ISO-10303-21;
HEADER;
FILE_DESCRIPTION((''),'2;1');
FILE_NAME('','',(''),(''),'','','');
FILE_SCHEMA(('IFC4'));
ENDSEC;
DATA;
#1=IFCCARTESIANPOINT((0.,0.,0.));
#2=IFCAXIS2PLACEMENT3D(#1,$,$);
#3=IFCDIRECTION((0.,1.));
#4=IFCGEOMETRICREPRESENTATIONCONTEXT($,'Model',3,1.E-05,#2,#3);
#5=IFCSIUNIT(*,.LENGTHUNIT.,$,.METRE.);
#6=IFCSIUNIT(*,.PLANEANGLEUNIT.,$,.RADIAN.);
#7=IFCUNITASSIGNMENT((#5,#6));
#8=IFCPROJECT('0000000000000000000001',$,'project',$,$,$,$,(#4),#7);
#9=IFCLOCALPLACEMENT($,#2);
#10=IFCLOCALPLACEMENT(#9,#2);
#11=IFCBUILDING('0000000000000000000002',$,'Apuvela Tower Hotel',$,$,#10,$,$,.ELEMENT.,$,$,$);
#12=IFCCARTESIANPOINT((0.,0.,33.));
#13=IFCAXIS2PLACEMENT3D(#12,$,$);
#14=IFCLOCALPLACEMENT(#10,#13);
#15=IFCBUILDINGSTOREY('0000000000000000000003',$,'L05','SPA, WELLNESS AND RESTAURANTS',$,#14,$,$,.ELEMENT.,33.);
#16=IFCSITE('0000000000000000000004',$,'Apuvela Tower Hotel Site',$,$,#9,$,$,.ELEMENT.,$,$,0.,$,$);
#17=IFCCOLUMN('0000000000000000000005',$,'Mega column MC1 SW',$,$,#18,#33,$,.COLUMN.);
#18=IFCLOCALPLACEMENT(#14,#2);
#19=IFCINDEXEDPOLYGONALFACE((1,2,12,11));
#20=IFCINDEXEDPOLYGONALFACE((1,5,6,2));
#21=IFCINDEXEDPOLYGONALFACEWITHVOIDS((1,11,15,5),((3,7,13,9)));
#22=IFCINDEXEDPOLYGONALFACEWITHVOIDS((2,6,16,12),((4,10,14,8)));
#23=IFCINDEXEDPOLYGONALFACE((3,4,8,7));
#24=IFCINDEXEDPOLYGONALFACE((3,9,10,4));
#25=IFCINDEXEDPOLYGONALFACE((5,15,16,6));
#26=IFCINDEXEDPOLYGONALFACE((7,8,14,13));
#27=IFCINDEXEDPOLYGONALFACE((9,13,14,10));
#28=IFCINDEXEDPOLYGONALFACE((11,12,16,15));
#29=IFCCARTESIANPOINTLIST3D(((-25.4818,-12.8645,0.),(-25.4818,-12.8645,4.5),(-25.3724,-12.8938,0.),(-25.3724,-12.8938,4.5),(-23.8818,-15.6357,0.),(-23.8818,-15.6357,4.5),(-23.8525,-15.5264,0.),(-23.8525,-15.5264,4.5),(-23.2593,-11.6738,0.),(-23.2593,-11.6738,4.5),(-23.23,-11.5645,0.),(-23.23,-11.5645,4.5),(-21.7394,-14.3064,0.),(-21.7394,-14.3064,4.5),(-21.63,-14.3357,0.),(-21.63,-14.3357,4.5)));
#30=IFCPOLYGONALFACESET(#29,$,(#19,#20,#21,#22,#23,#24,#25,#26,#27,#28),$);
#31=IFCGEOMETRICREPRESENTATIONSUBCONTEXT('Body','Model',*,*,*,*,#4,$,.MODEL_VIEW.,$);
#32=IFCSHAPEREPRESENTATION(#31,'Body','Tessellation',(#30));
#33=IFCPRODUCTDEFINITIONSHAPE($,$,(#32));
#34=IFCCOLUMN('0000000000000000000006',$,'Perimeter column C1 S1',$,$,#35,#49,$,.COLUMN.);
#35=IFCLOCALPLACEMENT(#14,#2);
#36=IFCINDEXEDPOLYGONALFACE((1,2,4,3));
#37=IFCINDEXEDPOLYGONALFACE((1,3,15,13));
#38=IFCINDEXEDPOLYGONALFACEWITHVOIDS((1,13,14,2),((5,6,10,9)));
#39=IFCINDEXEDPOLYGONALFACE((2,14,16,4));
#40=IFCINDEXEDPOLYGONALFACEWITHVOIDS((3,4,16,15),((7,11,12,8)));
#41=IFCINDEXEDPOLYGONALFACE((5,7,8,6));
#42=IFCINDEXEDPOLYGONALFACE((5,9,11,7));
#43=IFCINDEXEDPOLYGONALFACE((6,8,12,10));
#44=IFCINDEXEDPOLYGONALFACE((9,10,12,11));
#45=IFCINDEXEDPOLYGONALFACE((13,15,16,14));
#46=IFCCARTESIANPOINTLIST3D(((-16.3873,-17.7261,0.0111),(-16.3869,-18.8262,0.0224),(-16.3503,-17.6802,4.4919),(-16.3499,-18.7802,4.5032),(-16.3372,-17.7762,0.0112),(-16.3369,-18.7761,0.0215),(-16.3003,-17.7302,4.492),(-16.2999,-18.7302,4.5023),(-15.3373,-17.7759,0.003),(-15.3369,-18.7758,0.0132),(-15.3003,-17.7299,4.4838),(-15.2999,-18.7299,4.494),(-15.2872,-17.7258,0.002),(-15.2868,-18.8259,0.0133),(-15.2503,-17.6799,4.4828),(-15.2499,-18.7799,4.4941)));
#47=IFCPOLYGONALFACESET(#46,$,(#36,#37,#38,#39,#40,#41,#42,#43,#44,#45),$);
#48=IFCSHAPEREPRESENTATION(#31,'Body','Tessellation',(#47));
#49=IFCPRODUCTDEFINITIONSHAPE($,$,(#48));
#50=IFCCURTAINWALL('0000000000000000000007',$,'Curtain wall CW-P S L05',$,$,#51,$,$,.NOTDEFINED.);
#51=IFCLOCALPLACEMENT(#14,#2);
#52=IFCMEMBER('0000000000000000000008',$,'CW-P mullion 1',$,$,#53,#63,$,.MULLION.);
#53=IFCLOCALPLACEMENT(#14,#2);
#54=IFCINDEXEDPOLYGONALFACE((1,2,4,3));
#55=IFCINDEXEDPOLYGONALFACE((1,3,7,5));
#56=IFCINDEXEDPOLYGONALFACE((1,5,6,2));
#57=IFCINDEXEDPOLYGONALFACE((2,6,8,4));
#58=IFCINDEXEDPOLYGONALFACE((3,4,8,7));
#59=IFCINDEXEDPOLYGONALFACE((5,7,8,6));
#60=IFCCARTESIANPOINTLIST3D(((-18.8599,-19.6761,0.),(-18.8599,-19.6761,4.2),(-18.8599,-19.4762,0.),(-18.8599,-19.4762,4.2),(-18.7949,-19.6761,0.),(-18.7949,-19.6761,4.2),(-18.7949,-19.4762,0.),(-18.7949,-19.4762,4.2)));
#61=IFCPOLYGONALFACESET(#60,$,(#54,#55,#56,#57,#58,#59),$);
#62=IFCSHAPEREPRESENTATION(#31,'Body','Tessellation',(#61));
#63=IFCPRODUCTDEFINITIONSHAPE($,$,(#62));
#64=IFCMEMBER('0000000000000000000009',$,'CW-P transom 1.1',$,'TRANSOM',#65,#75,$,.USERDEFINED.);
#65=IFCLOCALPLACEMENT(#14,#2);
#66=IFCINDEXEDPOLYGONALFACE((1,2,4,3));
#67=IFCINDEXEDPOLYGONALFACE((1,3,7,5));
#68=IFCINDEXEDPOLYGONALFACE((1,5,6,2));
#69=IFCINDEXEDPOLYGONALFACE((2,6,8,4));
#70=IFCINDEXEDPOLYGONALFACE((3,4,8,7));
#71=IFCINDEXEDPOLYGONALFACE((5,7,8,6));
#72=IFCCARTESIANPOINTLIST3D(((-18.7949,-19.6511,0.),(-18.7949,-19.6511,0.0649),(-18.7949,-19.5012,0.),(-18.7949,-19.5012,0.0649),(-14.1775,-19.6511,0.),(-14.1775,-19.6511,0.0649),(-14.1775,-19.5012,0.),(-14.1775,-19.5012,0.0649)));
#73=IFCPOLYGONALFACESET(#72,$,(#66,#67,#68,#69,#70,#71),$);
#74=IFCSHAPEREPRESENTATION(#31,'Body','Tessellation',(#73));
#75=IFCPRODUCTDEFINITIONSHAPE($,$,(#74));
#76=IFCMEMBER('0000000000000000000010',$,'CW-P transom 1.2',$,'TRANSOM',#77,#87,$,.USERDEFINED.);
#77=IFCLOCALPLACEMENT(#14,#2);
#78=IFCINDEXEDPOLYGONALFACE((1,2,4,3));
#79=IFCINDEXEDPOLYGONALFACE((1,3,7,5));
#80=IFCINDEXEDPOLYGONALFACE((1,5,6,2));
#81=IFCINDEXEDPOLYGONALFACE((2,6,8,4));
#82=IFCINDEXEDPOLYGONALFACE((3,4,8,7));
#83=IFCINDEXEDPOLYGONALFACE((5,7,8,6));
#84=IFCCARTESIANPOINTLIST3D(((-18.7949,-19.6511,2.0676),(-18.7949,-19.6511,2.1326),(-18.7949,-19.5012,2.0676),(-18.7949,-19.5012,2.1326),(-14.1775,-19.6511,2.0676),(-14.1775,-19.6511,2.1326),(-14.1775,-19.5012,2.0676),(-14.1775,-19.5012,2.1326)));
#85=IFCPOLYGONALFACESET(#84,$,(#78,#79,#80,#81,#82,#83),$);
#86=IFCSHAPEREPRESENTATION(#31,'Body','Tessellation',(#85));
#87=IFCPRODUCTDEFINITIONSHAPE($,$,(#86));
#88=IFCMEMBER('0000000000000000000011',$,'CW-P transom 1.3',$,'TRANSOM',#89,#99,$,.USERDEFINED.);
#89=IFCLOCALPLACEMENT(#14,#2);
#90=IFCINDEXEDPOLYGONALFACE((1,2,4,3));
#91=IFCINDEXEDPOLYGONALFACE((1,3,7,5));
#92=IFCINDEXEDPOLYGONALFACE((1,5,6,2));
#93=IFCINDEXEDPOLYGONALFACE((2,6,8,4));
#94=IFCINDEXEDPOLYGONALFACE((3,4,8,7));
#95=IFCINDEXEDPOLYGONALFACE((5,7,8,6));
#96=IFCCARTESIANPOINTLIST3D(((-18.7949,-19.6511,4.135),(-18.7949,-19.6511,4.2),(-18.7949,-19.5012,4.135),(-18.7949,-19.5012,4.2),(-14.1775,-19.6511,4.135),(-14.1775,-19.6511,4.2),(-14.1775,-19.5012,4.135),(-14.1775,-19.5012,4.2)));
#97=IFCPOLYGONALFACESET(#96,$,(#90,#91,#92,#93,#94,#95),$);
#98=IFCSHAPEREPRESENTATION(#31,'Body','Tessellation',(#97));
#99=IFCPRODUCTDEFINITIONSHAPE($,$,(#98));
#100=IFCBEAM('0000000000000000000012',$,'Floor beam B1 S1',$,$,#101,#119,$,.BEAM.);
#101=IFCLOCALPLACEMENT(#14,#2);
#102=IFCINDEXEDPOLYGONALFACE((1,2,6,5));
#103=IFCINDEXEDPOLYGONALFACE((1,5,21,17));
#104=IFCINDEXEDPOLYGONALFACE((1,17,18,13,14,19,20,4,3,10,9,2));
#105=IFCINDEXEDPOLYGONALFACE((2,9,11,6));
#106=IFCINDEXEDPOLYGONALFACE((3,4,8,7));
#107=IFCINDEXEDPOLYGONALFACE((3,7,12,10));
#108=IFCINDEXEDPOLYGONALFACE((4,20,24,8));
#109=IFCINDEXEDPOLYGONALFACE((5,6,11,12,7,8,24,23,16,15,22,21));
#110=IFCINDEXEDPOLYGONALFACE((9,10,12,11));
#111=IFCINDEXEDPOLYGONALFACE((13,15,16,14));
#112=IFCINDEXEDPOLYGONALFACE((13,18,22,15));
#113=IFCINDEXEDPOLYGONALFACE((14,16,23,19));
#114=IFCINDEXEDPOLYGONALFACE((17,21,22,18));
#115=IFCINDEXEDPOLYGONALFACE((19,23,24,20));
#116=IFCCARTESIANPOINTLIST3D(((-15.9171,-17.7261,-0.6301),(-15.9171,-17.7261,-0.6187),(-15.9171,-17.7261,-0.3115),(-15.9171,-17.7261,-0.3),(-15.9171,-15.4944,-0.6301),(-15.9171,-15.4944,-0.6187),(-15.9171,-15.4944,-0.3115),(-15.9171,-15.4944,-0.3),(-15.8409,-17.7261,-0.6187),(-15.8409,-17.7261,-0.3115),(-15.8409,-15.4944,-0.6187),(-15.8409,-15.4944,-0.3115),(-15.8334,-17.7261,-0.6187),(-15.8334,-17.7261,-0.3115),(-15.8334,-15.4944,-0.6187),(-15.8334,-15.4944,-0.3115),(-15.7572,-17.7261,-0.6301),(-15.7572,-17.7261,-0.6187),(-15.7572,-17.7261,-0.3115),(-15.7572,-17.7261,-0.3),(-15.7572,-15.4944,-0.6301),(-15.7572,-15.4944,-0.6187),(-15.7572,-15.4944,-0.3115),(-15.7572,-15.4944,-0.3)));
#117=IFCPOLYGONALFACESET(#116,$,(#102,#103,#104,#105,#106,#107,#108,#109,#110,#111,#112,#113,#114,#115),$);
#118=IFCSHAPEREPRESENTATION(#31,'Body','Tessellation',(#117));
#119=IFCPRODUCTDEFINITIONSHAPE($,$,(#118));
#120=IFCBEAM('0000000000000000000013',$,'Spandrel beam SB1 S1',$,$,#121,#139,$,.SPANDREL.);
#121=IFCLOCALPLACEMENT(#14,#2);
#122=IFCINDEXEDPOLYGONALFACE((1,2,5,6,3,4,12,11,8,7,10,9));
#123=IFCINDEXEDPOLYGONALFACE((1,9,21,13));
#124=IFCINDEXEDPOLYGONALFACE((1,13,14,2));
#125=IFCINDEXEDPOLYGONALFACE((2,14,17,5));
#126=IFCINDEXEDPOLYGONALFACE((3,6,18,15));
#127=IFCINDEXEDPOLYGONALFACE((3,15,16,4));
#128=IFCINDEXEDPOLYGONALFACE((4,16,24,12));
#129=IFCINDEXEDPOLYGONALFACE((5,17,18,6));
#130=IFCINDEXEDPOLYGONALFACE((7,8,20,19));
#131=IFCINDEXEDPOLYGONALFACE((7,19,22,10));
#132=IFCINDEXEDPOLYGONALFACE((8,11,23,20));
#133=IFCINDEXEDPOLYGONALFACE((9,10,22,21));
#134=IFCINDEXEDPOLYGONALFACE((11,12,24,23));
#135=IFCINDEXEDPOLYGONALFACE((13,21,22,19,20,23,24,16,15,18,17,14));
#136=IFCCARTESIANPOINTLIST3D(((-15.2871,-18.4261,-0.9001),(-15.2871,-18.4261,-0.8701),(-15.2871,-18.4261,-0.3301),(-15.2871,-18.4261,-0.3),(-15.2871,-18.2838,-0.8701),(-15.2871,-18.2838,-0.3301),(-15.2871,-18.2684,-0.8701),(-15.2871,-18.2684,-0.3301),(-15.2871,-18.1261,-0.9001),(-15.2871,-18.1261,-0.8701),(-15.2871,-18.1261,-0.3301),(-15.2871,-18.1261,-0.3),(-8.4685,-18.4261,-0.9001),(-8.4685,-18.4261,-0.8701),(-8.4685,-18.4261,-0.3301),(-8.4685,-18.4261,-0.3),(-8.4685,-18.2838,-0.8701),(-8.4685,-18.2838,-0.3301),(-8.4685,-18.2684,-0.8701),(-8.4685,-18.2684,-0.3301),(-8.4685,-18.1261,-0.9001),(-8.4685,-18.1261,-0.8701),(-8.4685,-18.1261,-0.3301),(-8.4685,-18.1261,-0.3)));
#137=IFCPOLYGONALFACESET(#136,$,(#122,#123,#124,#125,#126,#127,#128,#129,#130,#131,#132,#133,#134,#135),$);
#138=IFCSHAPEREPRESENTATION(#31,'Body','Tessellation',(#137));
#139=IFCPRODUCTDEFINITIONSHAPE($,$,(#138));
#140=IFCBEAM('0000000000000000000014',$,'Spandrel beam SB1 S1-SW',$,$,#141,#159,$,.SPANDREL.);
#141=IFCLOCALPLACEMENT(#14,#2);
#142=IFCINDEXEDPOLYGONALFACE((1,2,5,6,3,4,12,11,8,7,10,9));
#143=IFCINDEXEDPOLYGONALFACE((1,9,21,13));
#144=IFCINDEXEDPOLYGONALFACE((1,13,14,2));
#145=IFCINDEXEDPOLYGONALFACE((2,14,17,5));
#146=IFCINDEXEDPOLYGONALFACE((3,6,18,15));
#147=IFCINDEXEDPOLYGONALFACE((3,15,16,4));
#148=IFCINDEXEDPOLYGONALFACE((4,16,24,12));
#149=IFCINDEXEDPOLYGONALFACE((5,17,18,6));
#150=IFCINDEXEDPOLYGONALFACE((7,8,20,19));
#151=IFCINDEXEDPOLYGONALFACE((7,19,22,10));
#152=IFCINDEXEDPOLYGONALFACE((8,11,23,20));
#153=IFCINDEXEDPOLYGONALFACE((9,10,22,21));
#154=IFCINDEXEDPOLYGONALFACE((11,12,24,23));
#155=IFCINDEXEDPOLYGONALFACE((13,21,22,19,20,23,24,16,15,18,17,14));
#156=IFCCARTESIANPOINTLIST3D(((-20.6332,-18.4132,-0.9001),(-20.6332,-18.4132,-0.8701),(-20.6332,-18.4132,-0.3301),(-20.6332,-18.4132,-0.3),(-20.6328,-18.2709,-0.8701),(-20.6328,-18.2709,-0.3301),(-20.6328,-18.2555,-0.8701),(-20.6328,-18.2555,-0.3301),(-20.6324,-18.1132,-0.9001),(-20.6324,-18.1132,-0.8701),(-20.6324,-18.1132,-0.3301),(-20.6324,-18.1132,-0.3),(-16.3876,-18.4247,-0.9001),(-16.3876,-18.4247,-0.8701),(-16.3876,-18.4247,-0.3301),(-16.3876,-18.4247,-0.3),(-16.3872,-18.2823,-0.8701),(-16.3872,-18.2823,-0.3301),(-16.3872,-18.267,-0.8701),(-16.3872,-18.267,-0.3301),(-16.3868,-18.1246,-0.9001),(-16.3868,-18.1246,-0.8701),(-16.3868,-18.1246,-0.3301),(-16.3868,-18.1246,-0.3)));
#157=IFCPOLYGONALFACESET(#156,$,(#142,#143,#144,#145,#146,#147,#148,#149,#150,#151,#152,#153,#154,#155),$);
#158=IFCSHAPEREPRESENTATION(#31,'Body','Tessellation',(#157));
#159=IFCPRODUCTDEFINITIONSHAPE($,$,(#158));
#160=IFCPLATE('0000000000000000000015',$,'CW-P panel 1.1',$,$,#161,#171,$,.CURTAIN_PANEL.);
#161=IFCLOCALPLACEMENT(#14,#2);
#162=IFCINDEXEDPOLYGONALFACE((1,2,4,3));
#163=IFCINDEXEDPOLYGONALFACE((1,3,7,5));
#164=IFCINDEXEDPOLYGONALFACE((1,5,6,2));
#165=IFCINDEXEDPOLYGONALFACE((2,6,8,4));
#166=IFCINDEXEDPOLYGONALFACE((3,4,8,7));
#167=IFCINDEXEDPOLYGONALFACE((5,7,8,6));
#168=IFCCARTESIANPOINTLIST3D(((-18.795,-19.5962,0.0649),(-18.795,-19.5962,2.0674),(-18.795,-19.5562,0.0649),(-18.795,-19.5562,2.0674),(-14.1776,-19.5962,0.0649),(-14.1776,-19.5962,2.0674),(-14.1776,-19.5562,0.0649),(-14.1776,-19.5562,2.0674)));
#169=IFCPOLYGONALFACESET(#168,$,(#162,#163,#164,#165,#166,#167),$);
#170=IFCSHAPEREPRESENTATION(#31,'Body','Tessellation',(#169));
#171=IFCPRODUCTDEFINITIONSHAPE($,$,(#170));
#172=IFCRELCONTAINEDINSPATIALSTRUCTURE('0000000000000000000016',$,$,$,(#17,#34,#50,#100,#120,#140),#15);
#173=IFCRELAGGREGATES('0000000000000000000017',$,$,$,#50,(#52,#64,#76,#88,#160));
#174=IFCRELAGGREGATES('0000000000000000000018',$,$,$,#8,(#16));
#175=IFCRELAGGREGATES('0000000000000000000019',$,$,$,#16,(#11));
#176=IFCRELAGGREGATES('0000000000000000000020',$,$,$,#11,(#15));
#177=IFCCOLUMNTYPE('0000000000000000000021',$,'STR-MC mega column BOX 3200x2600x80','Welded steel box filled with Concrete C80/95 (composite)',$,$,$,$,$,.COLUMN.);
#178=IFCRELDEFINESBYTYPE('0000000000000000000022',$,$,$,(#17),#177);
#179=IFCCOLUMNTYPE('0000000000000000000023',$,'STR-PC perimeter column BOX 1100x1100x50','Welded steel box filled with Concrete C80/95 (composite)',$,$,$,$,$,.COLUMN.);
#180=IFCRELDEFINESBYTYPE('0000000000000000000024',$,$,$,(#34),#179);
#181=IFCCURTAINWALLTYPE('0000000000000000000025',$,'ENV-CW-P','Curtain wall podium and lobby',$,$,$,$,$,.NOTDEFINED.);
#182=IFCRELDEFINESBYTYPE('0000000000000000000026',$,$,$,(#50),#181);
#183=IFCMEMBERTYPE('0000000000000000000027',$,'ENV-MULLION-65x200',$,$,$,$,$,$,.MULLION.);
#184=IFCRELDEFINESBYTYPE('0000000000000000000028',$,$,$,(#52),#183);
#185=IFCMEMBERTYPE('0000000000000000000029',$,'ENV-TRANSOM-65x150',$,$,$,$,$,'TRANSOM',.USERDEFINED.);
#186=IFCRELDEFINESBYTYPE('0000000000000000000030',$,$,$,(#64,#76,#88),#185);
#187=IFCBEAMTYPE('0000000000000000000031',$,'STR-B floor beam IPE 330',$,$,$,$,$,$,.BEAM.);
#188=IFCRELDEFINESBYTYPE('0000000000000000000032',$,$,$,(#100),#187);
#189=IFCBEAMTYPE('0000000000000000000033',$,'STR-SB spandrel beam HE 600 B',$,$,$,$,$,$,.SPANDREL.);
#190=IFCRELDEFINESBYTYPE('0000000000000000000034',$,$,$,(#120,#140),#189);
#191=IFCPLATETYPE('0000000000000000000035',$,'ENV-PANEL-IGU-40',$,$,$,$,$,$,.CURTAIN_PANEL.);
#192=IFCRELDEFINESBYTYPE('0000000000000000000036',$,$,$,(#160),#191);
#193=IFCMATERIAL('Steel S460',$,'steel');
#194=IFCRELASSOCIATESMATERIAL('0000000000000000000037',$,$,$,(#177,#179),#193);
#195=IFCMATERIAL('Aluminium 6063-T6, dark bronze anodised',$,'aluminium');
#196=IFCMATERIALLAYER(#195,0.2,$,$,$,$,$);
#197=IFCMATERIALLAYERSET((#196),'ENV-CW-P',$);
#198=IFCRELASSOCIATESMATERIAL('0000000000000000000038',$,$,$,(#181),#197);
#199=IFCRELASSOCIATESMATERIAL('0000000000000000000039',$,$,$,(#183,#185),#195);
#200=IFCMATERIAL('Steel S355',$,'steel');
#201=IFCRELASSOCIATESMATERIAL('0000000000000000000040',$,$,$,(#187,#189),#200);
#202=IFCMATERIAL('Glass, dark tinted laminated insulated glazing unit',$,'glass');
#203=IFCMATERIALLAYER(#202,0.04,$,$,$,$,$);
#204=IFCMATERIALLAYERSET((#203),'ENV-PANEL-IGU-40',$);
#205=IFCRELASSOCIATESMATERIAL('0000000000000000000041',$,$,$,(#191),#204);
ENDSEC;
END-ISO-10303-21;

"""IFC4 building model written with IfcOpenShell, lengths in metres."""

from ifc_helpers import new_model, si_unit, direction, frame, origin, origin_2d, place, context, subcontext, project, spatial, rectangle, hollow_rectangle, i_section, extrude, boolean, halfspace, material, layer, layer_set, material_profile, profile_set, type_object, element, aggregate, save


model = new_model("IFC4")

# Units and contexts
model_context = context("Model", 3, precision=1e-05, world=origin(), true_north=direction((0.0, 1.0)))
body_context = subcontext(model_context, "Body", "Model", "MODEL_VIEW")
ifc_project = project(units=[si_unit("LENGTHUNIT", "METRE"), si_unit("PLANEANGLEUNIT", "RADIAN")], contexts=[model_context])

# Site, building, storey
site_placement = place(None, origin())
site = spatial("IfcSite", under=ifc_project, at=site_placement, Name="Apuvela Tower Hotel Site", CompositionType="ELEMENT", RefElevation=0.0)
building_placement = place(site_placement, origin())
building = spatial("IfcBuilding", under=site, at=building_placement, Name="Apuvela Tower Hotel", CompositionType="ELEMENT")
storey_placement = place(building_placement, frame((0.0, 0.0, 33.0)))
storey = spatial("IfcBuildingStorey", under=building, at=storey_placement, Name="L05", Description="SPA, WELLNESS AND RESTAURANTS", CompositionType="ELEMENT", Elevation=33.0)

# Columns
ifc_material_1 = material(Name="Steel S460", Category="steel")
ifc_material_profile_1 = material_profile(ifc_material_1, hollow_rectangle(XDim=3.2, YDim=2.6001, WallThickness=0.0801, at=origin_2d()), Name="BOX 3200x2600x80")
ifc_material_2 = material(Name="Concrete C80/95", Category="concrete")
ifc_material_profile_2 = material_profile(ifc_material_2, rectangle(XDim=3.04, YDim=2.4399, at=origin_2d()), Name="Concrete C80/95 infill")
ifc_profile_set_1 = profile_set([ifc_material_profile_1, ifc_material_profile_2], Name="Steel S460")
column_type_1 = type_object("IfcColumnType", Name="STR-MC mega column BOX 3200x2600x80", Description="Welded steel box filled with Concrete C80/95 (composite)", PredefinedType="COLUMN", material=ifc_profile_set_1)
column_1_placement = place(storey_placement, frame((-23.5559, -13.6001, 0.0), z_axis=(0.0, 0.0, 1.0), x_axis=(-0.5, 0.866025, 0.0)))
element("IfcColumn", 1, at=column_1_placement, inside=storey, type_object=column_type_1, Name="Mega column MC1 SW", PredefinedType="COLUMN", context=body_context, shape_type="SweptSolid", body=[
    extrude(hollow_rectangle(XDim=3.2, YDim=2.6001, WallThickness=0.0801, at=origin_2d()), origin(), (0.0, 0.0, 1.0), 4.5),
])
ifc_material_profile_3 = material_profile(ifc_material_1, hollow_rectangle(XDim=1.1001, YDim=1.1001, WallThickness=0.05, at=origin_2d()), Name="BOX 1100x1100x50")
ifc_material_profile_4 = material_profile(ifc_material_2, rectangle(XDim=1.0, YDim=1.0, at=origin_2d()), Name="Concrete C80/95 infill")
ifc_profile_set_2 = profile_set([ifc_material_profile_3, ifc_material_profile_4], Name="Steel S460")
column_type_2 = type_object("IfcColumnType", Name="STR-PC perimeter column BOX 1100x1100x50", Description="Welded steel box filled with Concrete C80/95 (composite)", PredefinedType="COLUMN", material=ifc_profile_set_2)
column_2_placement = place(storey_placement, frame((-15.8372, -18.2761, 0.0), z_axis=(0.008246, 0.010253, 0.999913), x_axis=(-0.999966, -0.000283, 0.008249)))
element("IfcColumn", 2, at=column_2_placement, inside=storey, type_object=column_type_2, Name="Perimeter column C1 S1", PredefinedType="COLUMN", context=body_context, shape_type="SweptSolid", body=[
    boolean("DIFFERENCE", boolean("DIFFERENCE", extrude(hollow_rectangle(XDim=1.1001, YDim=1.1001, WallThickness=0.05, at=origin_2d()), origin(), (0.0, 0.0, 1.0), 4.5005), halfspace(frame((0.0, 0.0, 0.0122), z_axis=(0.0, 0.0, 1.0), x_axis=(1.0, 0.0, 0.0)), True)), halfspace(frame((0.0, 0.0, 4.4934), z_axis=(0.0, 0.0, 1.0), x_axis=(1.0, 0.0, 0.0)), False)),
])

# Curtain wall, members
ifc_material_3 = material(Name="Aluminium 6063-T6, dark bronze anodised", Category="aluminium")
ifc_layer_1 = layer(ifc_material_3, 0.2)
ifc_layer_set_1 = layer_set([ifc_layer_1], Name="ENV-CW-P")
curtain_wall_type = type_object("IfcCurtainWallType", Name="ENV-CW-P", Description="Curtain wall podium and lobby", PredefinedType="NOTDEFINED", material=ifc_layer_set_1)
curtain_wall_placement = place(storey_placement, origin())
curtain_wall = element("IfcCurtainWall", 3, at=curtain_wall_placement, inside=storey, type_object=curtain_wall_type, Name="Curtain wall CW-P S L05", PredefinedType="NOTDEFINED")
ifc_material_profile_5 = material_profile(ifc_material_3, rectangle(XDim=0.2, YDim=0.0649, at=origin_2d()), Name="AL 65x200")
ifc_profile_set_3 = profile_set([ifc_material_profile_5], Name="Aluminium 6063-T6, dark bronze anodised")
member_type_1 = type_object("IfcMemberType", Name="ENV-MULLION-65x200", PredefinedType="MULLION", material=ifc_profile_set_3)
member_1_placement = place(storey_placement, frame((-18.8274, -19.5762, 0.0), z_axis=(0.0, 0.0, 1.0), x_axis=(0.0, 1.0, 0.0)))
member_1 = element("IfcMember", 4, at=member_1_placement, type_object=member_type_1, Name="CW-P mullion 1", PredefinedType="MULLION", context=body_context, shape_type="SweptSolid", body=[
    extrude(rectangle(XDim=0.2, YDim=0.0649, at=origin_2d()), origin(), (0.0, 0.0, 1.0), 4.2),
])
ifc_material_profile_6 = material_profile(ifc_material_3, rectangle(XDim=0.1499, YDim=0.0649, at=origin_2d()), Name="AL 65x150 transom")
ifc_profile_set_4 = profile_set([ifc_material_profile_6], Name="Aluminium 6063-T6, dark bronze anodised")
member_type_2 = type_object("IfcMemberType", Name="ENV-TRANSOM-65x150", ElementType="TRANSOM", PredefinedType="USERDEFINED", material=ifc_profile_set_4)
member_2_placement = place(storey_placement, frame((-18.7949, -19.5762, 0.0325), z_axis=(1.0, 0.0, 0.0), x_axis=(0.0, 1.0, 0.0)))
member_2 = element("IfcMember", 5, at=member_2_placement, type_object=member_type_2, Name="CW-P transom 1.1", ObjectType="TRANSOM", PredefinedType="USERDEFINED", context=body_context, shape_type="SweptSolid", body=[
    extrude(rectangle(XDim=0.1499, YDim=0.0649, at=origin_2d()), origin(), (0.0, 0.0, 1.0), 4.6174),
])
member_3_placement = place(storey_placement, frame((-18.7949, -19.5762, 2.1001), z_axis=(1.0, 0.0, 0.0), x_axis=(0.0, 1.0, 0.0)))
member_3 = element("IfcMember", 6, at=member_3_placement, type_object=member_type_2, Name="CW-P transom 1.2", ObjectType="TRANSOM", PredefinedType="USERDEFINED", context=body_context, shape_type="SweptSolid", body=[
    extrude(rectangle(XDim=0.1499, YDim=0.0649, at=origin_2d()), origin(), (0.0, 0.0, 1.0), 4.6174),
])
member_4_placement = place(storey_placement, frame((-18.7949, -19.5762, 4.1675), z_axis=(1.0, 0.0, 0.0), x_axis=(0.0, 1.0, 0.0)))
member_4 = element("IfcMember", 7, at=member_4_placement, type_object=member_type_2, Name="CW-P transom 1.3", ObjectType="TRANSOM", PredefinedType="USERDEFINED", context=body_context, shape_type="SweptSolid", body=[
    extrude(rectangle(XDim=0.1499, YDim=0.0649, at=origin_2d()), origin(), (0.0, 0.0, 1.0), 4.6174),
])

# Beams
ifc_material_4 = material(Name="Steel S355", Category="steel")
ifc_material_profile_7 = material_profile(ifc_material_4, i_section(OverallWidth=0.1599, OverallDepth=0.3301, WebThickness=0.0076, FlangeThickness=0.0115, at=origin_2d()), Name="IPE 330")
ifc_profile_set_5 = profile_set([ifc_material_profile_7], Name="Steel S355")
beam_type_1 = type_object("IfcBeamType", Name="STR-B floor beam IPE 330", PredefinedType="BEAM", material=ifc_profile_set_5)
beam_1_placement = place(storey_placement, frame((-15.8372, -17.7261, -0.4651), z_axis=(0.0, 1.0, 0.0), x_axis=(-1.0, 0.0, 0.0)))
element("IfcBeam", 8, at=beam_1_placement, inside=storey, type_object=beam_type_1, Name="Floor beam B1 S1", PredefinedType="BEAM", context=body_context, shape_type="SweptSolid", body=[
    extrude(i_section(OverallWidth=0.1599, OverallDepth=0.3301, WebThickness=0.0076, FlangeThickness=0.0115, at=origin_2d()), origin(), (0.0, 0.0, 1.0), 2.2317),
])
ifc_material_profile_8 = material_profile(ifc_material_4, i_section(OverallWidth=0.3, OverallDepth=0.6001, WebThickness=0.0154, FlangeThickness=0.03, at=origin_2d()), Name="HE 600 B")
ifc_profile_set_6 = profile_set([ifc_material_profile_8], Name="Steel S355")
beam_type_2 = type_object("IfcBeamType", Name="STR-SB spandrel beam HE 600 B", PredefinedType="SPANDREL", material=ifc_profile_set_6)
beam_2_placement = place(storey_placement, frame((-15.2871, -18.2761, -0.6001), z_axis=(1.0, 0.0, 0.0), x_axis=(0.0, 1.0, 0.0)))
element("IfcBeam", 9, at=beam_2_placement, inside=storey, type_object=beam_type_2, Name="Spandrel beam SB1 S1", PredefinedType="SPANDREL", context=body_context, shape_type="SweptSolid", body=[
    extrude(i_section(OverallWidth=0.3, OverallDepth=0.6001, WebThickness=0.0154, FlangeThickness=0.03, at=origin_2d()), origin(), (0.0, 0.0, 1.0), 6.8186),
])
beam_3_placement = place(storey_placement, frame((-16.3872, -18.2747, -0.6001), z_axis=(-0.999996, 0.002703, 0.0), x_axis=(-0.002703, -0.999996, 0.0)))
element("IfcBeam", 10, at=beam_3_placement, inside=storey, type_object=beam_type_2, Name="Spandrel beam SB1 S1-SW", PredefinedType="SPANDREL", context=body_context, shape_type="SweptSolid", body=[
    extrude(i_section(OverallWidth=0.3, OverallDepth=0.6001, WebThickness=0.0154, FlangeThickness=0.03, at=origin_2d()), origin(), (0.0, 0.0, 1.0), 4.2456),
])

# Plate
ifc_material_5 = material(Name="Glass, dark tinted laminated insulated glazing unit", Category="glass")
ifc_layer_2 = layer(ifc_material_5, 0.04)
ifc_layer_set_2 = layer_set([ifc_layer_2], Name="ENV-PANEL-IGU-40")
plate_type = type_object("IfcPlateType", Name="ENV-PANEL-IGU-40", PredefinedType="CURTAIN_PANEL", material=ifc_layer_set_2)
plate_1_placement = place(storey_placement, frame((-16.4863, -19.5762, 0.0649), z_axis=(0.0, 0.0, 1.0), x_axis=(1.0, 0.0, 0.0)))
plate_1 = element("IfcPlate", 11, at=plate_1_placement, type_object=plate_type, Name="CW-P panel 1.1", PredefinedType="CURTAIN_PANEL", context=body_context, shape_type="SweptSolid", body=[
    extrude(rectangle(XDim=4.6174, YDim=0.04, at=origin_2d()), origin(), (0.0, 0.0, 1.0), 2.0024),
])
aggregate(curtain_wall, [member_1, member_2, member_3, member_4, plate_1])

save(model, "model.ifc")
